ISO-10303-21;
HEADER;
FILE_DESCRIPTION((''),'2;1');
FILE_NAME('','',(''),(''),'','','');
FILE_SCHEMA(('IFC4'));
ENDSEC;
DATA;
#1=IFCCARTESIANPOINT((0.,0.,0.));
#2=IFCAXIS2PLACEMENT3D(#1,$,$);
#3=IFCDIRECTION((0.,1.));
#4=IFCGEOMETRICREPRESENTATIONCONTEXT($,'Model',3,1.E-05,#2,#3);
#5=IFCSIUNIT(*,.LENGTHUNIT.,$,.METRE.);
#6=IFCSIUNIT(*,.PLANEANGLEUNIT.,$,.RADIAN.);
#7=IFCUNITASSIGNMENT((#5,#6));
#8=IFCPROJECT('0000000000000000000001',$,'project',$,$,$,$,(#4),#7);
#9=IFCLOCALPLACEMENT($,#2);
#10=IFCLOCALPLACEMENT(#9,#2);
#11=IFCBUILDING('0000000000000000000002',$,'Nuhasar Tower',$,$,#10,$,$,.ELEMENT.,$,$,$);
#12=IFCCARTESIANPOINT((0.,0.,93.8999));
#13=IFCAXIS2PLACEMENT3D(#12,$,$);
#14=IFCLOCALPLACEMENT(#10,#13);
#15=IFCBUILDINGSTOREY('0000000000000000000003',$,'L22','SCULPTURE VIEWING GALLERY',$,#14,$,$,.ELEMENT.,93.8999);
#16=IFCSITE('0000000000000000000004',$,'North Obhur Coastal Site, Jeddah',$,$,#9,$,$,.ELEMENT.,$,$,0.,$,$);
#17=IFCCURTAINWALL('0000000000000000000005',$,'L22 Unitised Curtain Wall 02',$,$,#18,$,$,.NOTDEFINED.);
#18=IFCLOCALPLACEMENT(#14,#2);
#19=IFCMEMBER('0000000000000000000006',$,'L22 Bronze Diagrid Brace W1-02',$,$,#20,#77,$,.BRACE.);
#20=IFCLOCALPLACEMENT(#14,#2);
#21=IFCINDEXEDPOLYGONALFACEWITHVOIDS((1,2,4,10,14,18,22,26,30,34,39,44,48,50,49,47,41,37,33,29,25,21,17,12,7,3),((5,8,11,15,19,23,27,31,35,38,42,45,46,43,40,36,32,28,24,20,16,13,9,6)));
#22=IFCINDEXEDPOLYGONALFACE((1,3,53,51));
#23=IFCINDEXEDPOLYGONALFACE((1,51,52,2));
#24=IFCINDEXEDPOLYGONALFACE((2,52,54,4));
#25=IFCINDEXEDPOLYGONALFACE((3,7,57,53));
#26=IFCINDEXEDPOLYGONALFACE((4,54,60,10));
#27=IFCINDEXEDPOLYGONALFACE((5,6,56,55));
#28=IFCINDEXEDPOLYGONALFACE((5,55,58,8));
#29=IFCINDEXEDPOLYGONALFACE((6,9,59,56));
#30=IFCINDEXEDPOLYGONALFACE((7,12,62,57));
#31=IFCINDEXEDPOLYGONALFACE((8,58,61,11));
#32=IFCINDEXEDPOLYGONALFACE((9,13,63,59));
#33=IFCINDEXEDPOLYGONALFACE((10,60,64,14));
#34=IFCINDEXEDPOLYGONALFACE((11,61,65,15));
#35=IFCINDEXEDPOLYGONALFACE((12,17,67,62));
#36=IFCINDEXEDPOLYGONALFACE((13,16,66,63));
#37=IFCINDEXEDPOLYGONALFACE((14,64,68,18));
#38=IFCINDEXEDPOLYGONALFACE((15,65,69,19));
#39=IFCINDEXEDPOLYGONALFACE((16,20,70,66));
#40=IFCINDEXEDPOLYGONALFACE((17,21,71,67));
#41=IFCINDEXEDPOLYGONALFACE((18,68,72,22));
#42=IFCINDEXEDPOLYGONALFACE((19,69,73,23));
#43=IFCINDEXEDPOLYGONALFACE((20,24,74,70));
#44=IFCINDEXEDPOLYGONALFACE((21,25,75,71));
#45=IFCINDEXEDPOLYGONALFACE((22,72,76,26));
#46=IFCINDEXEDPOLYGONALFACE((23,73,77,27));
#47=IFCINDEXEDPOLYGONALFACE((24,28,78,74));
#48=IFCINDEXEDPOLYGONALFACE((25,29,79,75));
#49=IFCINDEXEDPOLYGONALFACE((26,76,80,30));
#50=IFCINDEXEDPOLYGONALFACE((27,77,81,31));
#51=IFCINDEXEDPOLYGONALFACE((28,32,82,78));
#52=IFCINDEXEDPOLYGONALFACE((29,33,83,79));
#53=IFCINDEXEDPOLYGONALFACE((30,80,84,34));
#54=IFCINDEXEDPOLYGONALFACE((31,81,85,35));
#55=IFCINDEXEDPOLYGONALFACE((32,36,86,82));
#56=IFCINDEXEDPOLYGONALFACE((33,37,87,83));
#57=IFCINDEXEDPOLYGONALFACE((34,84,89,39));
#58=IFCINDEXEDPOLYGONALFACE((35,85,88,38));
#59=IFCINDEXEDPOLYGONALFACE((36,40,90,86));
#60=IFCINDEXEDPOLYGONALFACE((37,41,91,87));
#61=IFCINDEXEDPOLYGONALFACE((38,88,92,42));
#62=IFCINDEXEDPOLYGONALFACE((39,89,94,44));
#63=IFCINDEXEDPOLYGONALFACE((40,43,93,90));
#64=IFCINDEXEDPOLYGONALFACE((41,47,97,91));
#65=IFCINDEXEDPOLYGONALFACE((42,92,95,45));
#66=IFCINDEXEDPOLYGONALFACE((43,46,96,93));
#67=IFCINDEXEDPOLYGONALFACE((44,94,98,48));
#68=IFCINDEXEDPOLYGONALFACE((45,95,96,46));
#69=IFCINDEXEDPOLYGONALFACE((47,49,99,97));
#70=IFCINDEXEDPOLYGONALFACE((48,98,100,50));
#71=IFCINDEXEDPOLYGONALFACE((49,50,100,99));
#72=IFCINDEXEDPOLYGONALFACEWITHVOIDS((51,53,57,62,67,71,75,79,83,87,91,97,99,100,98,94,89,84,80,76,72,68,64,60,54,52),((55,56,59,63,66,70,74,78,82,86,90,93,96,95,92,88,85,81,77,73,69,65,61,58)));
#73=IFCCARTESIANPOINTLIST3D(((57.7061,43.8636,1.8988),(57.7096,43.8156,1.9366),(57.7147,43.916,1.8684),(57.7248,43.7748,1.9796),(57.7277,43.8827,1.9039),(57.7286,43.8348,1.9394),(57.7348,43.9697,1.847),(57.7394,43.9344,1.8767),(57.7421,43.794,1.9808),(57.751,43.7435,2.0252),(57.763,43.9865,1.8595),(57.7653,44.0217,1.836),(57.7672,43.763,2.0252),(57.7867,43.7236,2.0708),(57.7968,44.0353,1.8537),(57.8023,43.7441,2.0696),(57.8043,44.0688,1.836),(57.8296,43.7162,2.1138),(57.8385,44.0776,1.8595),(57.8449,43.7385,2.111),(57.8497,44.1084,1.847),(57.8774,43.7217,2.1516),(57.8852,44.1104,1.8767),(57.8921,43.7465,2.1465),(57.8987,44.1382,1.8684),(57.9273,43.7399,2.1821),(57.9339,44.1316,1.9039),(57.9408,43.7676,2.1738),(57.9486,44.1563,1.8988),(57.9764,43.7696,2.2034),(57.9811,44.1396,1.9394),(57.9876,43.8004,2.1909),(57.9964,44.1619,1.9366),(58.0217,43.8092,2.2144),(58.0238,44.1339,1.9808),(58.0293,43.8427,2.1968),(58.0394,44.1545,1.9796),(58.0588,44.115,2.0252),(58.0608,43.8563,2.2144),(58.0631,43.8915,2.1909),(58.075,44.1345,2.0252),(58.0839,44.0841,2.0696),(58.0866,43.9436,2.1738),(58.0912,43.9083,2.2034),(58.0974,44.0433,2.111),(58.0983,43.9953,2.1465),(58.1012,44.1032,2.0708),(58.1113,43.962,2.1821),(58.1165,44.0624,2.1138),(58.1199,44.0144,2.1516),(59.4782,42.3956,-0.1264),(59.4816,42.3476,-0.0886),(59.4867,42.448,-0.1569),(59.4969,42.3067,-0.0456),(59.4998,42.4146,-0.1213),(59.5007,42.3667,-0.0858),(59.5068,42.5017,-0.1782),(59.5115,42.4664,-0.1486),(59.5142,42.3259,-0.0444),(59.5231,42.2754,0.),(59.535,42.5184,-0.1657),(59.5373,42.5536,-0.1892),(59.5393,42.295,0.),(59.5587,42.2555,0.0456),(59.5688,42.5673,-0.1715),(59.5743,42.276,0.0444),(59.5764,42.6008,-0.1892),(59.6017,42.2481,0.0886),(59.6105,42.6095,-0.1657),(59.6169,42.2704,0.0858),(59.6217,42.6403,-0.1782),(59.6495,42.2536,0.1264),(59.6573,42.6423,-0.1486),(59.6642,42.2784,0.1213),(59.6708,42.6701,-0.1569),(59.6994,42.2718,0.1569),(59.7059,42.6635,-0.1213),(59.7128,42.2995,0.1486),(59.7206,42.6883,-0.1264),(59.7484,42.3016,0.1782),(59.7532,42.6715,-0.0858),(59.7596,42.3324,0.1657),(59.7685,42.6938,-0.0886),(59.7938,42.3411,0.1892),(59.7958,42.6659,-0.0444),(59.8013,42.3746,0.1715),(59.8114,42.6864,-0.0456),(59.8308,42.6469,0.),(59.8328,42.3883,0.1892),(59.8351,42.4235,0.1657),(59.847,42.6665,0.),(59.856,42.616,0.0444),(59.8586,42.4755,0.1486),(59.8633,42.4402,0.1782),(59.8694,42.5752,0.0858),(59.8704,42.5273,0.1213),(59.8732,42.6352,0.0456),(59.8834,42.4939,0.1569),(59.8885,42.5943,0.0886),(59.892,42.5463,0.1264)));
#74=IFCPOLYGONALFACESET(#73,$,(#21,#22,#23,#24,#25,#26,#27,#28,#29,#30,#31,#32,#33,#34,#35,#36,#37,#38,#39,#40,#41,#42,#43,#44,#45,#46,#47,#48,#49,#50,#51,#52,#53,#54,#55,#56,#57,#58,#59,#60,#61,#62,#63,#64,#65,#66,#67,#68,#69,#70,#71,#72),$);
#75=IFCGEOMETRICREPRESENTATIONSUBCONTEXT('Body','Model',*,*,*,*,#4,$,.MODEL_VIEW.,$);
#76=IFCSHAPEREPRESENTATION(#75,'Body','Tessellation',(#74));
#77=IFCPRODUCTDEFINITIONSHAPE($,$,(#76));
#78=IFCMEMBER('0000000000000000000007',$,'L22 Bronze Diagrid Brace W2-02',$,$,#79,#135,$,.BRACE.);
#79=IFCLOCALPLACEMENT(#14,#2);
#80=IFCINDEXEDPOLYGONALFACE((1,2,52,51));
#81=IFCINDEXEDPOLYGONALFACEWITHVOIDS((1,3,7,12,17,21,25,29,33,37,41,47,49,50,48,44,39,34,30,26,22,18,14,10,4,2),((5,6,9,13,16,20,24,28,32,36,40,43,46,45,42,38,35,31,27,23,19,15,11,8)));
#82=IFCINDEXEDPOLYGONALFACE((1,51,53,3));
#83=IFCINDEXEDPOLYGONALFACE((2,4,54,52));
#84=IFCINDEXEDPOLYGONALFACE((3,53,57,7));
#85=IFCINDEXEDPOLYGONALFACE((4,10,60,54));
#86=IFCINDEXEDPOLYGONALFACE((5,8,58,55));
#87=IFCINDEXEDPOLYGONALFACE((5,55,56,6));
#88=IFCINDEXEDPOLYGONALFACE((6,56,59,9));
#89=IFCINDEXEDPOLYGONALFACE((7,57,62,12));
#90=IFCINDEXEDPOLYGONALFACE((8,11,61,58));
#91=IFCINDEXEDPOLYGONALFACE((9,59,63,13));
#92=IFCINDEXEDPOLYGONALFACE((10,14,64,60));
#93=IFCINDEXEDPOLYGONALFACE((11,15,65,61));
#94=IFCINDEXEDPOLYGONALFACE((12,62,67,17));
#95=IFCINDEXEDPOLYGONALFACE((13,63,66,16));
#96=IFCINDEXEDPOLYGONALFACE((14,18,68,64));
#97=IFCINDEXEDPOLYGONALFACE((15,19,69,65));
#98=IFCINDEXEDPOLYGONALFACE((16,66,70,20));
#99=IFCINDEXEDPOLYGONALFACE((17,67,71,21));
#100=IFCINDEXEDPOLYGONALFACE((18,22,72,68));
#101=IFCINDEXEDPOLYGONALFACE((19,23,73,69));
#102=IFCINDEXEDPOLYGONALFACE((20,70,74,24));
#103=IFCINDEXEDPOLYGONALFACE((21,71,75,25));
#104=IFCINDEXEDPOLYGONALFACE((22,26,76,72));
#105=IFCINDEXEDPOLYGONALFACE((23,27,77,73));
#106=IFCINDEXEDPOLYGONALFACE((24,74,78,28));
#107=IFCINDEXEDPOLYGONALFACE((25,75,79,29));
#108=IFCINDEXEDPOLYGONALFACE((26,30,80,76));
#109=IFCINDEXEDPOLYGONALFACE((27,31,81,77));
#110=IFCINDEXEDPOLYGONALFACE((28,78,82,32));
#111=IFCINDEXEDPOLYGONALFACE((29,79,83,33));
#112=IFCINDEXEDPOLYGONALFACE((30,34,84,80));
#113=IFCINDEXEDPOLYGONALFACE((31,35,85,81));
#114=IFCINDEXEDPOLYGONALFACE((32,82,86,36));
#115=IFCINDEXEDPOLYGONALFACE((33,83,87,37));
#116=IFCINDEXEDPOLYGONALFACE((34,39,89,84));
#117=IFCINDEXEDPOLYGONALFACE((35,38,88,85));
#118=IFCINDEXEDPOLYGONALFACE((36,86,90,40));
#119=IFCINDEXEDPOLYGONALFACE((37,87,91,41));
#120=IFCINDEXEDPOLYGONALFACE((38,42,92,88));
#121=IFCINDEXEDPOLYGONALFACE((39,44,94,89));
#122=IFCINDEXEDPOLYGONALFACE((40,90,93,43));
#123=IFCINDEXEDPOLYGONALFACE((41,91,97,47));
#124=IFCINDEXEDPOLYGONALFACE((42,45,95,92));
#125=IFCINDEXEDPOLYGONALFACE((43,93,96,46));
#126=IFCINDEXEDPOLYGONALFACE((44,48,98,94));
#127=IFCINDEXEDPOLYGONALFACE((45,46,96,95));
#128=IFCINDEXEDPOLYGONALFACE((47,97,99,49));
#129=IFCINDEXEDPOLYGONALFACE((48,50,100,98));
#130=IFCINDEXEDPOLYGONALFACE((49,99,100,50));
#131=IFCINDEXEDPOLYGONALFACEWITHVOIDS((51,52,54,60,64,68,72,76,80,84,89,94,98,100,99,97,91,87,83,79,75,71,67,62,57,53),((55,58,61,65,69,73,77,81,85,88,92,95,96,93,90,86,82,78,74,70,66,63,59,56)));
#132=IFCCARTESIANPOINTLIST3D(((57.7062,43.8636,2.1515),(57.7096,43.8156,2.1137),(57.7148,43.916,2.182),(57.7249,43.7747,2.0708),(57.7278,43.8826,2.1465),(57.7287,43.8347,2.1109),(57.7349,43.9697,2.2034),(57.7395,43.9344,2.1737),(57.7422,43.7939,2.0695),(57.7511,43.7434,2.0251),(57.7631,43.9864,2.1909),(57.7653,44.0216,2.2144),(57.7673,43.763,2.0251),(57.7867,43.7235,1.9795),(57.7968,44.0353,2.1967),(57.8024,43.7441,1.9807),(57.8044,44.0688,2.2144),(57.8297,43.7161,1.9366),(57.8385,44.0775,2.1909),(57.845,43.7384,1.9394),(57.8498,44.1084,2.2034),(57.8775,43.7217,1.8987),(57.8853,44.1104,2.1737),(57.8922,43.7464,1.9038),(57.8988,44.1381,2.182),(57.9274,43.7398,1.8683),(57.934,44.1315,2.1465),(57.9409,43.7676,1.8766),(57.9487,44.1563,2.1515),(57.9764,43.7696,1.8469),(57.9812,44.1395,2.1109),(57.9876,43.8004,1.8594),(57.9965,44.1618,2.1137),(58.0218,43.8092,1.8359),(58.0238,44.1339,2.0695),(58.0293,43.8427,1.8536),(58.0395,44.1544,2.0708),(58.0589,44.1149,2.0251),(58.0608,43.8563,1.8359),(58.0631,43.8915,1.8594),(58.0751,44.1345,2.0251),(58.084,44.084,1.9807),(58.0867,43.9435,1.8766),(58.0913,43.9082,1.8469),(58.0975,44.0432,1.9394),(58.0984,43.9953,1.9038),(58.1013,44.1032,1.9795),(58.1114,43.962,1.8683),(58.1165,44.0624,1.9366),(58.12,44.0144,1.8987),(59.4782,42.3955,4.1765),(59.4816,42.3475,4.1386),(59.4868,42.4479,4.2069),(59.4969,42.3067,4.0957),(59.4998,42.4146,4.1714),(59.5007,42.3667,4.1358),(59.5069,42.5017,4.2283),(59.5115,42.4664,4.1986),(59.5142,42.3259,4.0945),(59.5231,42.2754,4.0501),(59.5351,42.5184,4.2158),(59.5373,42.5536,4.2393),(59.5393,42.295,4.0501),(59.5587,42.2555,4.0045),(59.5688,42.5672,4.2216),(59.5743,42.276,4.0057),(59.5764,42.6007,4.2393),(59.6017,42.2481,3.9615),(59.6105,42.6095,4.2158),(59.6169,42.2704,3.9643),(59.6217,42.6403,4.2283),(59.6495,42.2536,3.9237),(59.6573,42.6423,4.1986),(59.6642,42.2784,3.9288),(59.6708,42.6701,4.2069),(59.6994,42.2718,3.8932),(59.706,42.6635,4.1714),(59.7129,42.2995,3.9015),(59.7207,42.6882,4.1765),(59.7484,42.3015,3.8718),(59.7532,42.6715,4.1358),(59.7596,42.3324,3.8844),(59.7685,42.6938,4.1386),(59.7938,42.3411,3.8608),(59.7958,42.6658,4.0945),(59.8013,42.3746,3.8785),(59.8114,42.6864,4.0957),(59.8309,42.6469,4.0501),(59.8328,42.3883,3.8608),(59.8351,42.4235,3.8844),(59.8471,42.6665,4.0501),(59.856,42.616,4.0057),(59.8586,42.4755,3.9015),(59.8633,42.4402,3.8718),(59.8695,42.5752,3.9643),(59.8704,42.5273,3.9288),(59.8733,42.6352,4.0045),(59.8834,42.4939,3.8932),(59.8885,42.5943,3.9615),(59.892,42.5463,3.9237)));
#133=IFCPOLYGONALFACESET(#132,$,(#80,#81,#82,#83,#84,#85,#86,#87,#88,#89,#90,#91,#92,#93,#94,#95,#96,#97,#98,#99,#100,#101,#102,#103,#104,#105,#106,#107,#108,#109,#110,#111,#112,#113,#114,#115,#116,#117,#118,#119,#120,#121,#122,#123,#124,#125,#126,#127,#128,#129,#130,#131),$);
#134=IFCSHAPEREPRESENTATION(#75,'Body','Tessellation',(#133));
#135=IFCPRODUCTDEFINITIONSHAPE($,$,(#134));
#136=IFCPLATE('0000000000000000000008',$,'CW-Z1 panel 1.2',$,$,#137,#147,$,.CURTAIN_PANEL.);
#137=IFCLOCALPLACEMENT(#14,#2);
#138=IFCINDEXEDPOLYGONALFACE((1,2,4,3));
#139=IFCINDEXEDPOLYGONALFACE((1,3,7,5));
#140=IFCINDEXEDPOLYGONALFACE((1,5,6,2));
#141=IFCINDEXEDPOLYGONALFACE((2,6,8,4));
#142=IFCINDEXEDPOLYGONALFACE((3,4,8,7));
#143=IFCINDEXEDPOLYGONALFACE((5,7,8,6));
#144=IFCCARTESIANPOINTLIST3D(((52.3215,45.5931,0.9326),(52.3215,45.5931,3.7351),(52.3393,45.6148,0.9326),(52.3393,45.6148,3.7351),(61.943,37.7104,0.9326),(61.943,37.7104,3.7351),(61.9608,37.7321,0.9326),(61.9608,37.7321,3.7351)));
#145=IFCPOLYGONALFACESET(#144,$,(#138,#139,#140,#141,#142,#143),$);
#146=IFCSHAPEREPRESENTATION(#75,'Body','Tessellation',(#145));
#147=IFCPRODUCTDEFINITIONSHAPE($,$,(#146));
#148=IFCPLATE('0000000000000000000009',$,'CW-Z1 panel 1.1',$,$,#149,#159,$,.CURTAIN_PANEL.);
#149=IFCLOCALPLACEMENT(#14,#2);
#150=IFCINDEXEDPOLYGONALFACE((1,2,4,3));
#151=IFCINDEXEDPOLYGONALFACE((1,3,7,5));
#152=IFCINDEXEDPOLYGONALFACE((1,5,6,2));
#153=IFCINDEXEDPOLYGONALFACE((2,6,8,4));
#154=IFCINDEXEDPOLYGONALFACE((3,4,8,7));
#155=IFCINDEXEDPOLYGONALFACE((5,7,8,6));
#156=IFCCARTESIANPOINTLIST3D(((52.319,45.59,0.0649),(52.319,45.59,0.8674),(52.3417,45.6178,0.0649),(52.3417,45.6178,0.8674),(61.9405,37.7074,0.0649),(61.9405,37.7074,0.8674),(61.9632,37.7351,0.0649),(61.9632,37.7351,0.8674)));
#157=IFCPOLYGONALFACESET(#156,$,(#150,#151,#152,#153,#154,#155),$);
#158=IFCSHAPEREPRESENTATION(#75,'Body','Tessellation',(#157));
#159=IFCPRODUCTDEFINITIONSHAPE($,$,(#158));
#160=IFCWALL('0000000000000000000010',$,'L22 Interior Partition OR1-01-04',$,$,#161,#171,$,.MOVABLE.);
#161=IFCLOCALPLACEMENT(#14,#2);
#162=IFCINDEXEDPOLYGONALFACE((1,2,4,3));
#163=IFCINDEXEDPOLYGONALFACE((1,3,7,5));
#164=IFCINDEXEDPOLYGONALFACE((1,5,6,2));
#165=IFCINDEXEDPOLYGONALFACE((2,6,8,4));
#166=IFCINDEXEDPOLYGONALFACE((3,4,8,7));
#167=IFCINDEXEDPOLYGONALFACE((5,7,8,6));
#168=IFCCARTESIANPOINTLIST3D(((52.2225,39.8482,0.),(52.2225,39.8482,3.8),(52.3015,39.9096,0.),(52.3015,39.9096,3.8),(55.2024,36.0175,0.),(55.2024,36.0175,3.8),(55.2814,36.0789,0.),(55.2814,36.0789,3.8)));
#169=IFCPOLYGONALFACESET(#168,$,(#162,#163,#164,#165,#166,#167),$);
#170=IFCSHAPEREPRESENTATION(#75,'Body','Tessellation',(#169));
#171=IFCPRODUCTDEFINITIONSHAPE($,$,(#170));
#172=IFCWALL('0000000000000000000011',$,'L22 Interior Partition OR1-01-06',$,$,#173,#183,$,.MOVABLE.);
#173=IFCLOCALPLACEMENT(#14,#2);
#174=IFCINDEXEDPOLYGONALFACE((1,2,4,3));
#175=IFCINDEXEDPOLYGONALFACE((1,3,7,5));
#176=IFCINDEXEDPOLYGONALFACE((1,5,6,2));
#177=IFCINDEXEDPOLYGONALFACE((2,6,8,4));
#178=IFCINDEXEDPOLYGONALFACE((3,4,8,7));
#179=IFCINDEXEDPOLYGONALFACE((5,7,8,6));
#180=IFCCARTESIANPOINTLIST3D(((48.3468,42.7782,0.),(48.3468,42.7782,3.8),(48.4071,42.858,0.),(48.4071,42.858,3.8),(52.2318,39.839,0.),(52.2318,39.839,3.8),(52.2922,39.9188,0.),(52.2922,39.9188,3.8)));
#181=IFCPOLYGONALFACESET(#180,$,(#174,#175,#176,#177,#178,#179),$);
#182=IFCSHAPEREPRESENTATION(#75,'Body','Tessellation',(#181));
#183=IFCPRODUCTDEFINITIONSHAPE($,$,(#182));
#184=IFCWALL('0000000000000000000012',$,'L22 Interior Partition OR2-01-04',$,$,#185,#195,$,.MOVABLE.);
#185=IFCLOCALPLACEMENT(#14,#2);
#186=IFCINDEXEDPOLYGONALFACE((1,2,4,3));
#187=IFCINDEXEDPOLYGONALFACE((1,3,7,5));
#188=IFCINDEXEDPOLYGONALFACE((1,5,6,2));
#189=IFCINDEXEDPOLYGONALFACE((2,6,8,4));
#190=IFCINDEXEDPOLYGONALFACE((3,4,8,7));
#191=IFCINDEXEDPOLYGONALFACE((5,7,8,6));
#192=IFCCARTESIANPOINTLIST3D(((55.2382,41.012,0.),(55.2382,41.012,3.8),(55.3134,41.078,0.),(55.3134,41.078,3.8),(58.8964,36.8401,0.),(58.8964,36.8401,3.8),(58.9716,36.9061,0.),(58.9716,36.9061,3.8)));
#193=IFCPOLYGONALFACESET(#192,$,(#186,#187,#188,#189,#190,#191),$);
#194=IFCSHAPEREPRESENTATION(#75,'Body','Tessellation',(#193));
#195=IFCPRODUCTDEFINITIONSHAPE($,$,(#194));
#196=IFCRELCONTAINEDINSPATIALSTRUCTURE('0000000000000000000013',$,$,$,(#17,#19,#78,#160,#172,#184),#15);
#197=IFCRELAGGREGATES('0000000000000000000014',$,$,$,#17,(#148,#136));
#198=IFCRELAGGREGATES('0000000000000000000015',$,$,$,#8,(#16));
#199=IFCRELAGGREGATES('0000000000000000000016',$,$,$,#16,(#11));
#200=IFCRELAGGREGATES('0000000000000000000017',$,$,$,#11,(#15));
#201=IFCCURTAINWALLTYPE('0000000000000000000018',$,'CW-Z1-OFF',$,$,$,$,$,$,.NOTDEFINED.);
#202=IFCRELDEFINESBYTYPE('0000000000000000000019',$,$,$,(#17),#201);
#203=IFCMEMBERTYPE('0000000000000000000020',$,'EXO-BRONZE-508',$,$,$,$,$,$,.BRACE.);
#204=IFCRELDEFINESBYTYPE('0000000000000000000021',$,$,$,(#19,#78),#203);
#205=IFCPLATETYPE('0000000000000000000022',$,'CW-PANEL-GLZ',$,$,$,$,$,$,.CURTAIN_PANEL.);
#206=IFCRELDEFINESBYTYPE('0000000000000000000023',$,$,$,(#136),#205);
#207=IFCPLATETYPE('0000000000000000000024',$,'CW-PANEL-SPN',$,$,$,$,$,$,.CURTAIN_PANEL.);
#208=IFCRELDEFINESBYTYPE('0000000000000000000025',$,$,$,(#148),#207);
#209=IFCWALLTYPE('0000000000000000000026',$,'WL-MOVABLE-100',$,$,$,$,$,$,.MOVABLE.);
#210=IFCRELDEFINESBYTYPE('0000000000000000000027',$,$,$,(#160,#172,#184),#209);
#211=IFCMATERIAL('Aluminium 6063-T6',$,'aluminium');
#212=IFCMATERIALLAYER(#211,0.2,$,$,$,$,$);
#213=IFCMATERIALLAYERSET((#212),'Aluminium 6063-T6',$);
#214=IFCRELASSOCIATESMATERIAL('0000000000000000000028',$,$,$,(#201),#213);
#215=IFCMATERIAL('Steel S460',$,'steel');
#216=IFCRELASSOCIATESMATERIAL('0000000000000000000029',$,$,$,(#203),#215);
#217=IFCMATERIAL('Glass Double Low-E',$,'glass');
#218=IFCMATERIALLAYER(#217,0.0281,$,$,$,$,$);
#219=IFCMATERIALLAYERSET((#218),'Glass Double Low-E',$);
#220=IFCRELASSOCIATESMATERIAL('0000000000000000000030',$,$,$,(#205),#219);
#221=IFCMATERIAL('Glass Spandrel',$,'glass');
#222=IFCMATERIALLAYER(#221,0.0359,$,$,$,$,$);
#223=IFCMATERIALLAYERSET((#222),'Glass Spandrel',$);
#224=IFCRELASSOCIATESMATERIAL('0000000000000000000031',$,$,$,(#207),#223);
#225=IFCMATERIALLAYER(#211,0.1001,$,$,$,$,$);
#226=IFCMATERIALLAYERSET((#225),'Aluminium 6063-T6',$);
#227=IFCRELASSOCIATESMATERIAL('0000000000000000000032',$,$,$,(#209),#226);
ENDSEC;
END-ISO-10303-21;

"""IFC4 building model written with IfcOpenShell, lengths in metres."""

from ifc_helpers import new_model, si_unit, direction, frame, frame_2d, origin, origin_2d, place, context, subcontext, project, spatial, rectangle, hollow_circle, extrude, material, layer, layer_set, material_profile, profile_set, type_object, element, aggregate, save


model = new_model("IFC4")

# Units and contexts
model_context = context("Model", 3, precision=1e-05, world=origin(), true_north=direction((0.0, 1.0)))
body_context = subcontext(model_context, "Body", "Model", "MODEL_VIEW")
ifc_project = project(units=[si_unit("LENGTHUNIT", "METRE"), si_unit("PLANEANGLEUNIT", "RADIAN")], contexts=[model_context])

# Site, building, storey
site_placement = place(None, origin())
site = spatial("IfcSite", under=ifc_project, at=site_placement, Name="North Obhur Coastal Site, Jeddah", CompositionType="ELEMENT", RefElevation=0.0)
building_placement = place(site_placement, origin())
building = spatial("IfcBuilding", under=site, at=building_placement, Name="Nuhasar Tower", CompositionType="ELEMENT")
storey_placement = place(building_placement, frame((0.0, 0.0, 93.8999)))
storey = spatial("IfcBuildingStorey", under=building, at=storey_placement, Name="L22", Description="SCULPTURE VIEWING GALLERY", CompositionType="ELEMENT", Elevation=93.8999)

# Shared definitions
ifc_material_1 = material(Name="Aluminium 6063-T6", Category="aluminium")
ifc_layer_1 = layer(ifc_material_1, 0.2)
ifc_layer_set_1 = layer_set([ifc_layer_1], Name="Aluminium 6063-T6")
curtain_wall_type = type_object("IfcCurtainWallType", Name="CW-Z1-OFF", PredefinedType="NOTDEFINED", material=ifc_layer_set_1)

# Curtain wall
curtain_wall_1_placement = place(storey_placement, origin())
curtain_wall_1 = element("IfcCurtainWall", 1, at=curtain_wall_1_placement, inside=storey, type_object=curtain_wall_type, Name="L22 Unitised Curtain Wall 02", PredefinedType="NOTDEFINED")

# Members
ifc_material_2 = material(Name="Steel S460", Category="steel")
ifc_material_profile_1 = material_profile(ifc_material_2, hollow_circle(Radius=0.2539, WallThickness=0.0254, at=origin_2d()), Name="HSS508X25.4")
ifc_profile_set_1 = profile_set([ifc_material_profile_1], Name="Steel S460")
member_type_1 = type_object("IfcMemberType", Name="EXO-BRONZE-508", PredefinedType="BRACE", material=ifc_profile_set_1)
member_1_placement = place(storey_placement, frame((59.6851, 42.4709, 0.0), z_axis=(-0.578071, 0.478912, 0.660664), x_axis=(-0.637969, -0.770062, 0.0)))
element("IfcMember", 2, at=member_1_placement, inside=storey, type_object=member_type_1, Name="L22 Bronze Diagrid Brace W1-02", PredefinedType="BRACE", context=body_context, shape_type="SweptSolid", body=[
    extrude(hollow_circle(Radius=0.2539, WallThickness=0.0254, at=origin_2d()), origin(), (0.0, 0.0, 1.0), 3.0654),
])
member_2_placement = place(storey_placement, frame((57.9131, 43.939, 2.0251), z_axis=(0.578102, -0.478937, 0.660619), x_axis=(0.637969, 0.770062, 0.0)))
element("IfcMember", 3, at=member_2_placement, inside=storey, type_object=member_type_1, Name="L22 Bronze Diagrid Brace W2-02", PredefinedType="BRACE", context=body_context, shape_type="SweptSolid", body=[
    extrude(hollow_circle(Radius=0.2539, WallThickness=0.0254, at=origin_2d()), origin(), (0.0, 0.0, 1.0), 3.0652),
])

# Plates
ifc_material_3 = material(Name="Glass Double Low-E", Category="glass")
ifc_layer_2 = layer(ifc_material_3, 0.0281)
ifc_layer_set_2 = layer_set([ifc_layer_2], Name="Glass Double Low-E")
plate_type_1 = type_object("IfcPlateType", Name="CW-PANEL-GLZ", PredefinedType="CURTAIN_PANEL", material=ifc_layer_set_2)
plate_1_placement = place(storey_placement, frame((57.1411, 41.6626, 0.9326), z_axis=(0.0, 0.0, 1.0), x_axis=(-0.773542, 0.633745, 0.0)))
plate_1 = element("IfcPlate", 4, at=plate_1_placement, type_object=plate_type_1, Name="CW-Z1 panel 1.2", PredefinedType="CURTAIN_PANEL", context=body_context, shape_type="SweptSolid", body=[
    extrude(rectangle(XDim=12.4382, YDim=0.0281, at=origin_2d()), origin(), (0.0, 0.0, 1.0), 2.8025),
])
ifc_material_4 = material(Name="Glass Spandrel", Category="glass")
ifc_layer_3 = layer(ifc_material_4, 0.0359)
ifc_layer_set_3 = layer_set([ifc_layer_3], Name="Glass Spandrel")
plate_type_2 = type_object("IfcPlateType", Name="CW-PANEL-SPN", PredefinedType="CURTAIN_PANEL", material=ifc_layer_set_3)
plate_2_placement = place(storey_placement, frame((57.1411, 41.6626, 0.0649), z_axis=(0.0, 0.0, 1.0), x_axis=(-0.773542, 0.633745, 0.0)))
plate_2 = element("IfcPlate", 5, at=plate_2_placement, type_object=plate_type_2, Name="CW-Z1 panel 1.1", PredefinedType="CURTAIN_PANEL", context=body_context, shape_type="SweptSolid", body=[
    extrude(rectangle(XDim=12.4382, YDim=0.0359, at=origin_2d()), origin(), (0.0, 0.0, 1.0), 0.8025),
])
aggregate(curtain_wall_1, [plate_2, plate_1])

# Walls
ifc_layer_4 = layer(ifc_material_1, 0.1001)
ifc_layer_set_4 = layer_set([ifc_layer_4], Name="Aluminium 6063-T6")
wall_type = type_object("IfcWallType", Name="WL-MOVABLE-100", PredefinedType="MOVABLE", material=ifc_layer_set_4)
wall_1_placement = place(storey_placement, frame((55.2419, 36.0481, 0.0), z_axis=(0.0, 0.0, 1.0), x_axis=(-0.614, 0.789306, 0.0)))
element("IfcWall", 6, at=wall_1_placement, inside=storey, type_object=wall_type, Name="L22 Interior Partition OR1-01-04", PredefinedType="MOVABLE", context=body_context, shape_type="SweptSolid", body=[
    extrude(rectangle(XDim=4.8533, YDim=0.1001, at=frame_2d((2.4268, 0.0))), origin(), (0.0, 0.0, 1.0), 3.8),
])
wall_2_placement = place(storey_placement, frame((52.262, 39.8789, 0.0), z_axis=(0.0, 0.0, 1.0), x_axis=(-0.797485, 0.603338, 0.0)))
element("IfcWall", 7, at=wall_2_placement, inside=storey, type_object=wall_type, Name="L22 Interior Partition OR1-01-06", PredefinedType="MOVABLE", context=body_context, shape_type="SweptSolid", body=[
    extrude(rectangle(XDim=4.8716, YDim=0.1001, at=frame_2d((2.4358, 0.0))), origin(), (0.0, 0.0, 1.0), 3.8),
])
wall_3_placement = place(storey_placement, frame((58.9341, 36.873, 0.0), z_axis=(0.0, 0.0, 1.0), x_axis=(-0.659302, 0.751878, 0.0)))
element("IfcWall", 8, at=wall_3_placement, inside=storey, type_object=wall_type, Name="L22 Interior Partition OR2-01-04", PredefinedType="MOVABLE", context=body_context, shape_type="SweptSolid", body=[
    extrude(rectangle(XDim=5.5486, YDim=0.1001, at=frame_2d((2.7744, 0.0))), origin(), (0.0, 0.0, 1.0), 3.8),
])

save(model, "model.ifc")
